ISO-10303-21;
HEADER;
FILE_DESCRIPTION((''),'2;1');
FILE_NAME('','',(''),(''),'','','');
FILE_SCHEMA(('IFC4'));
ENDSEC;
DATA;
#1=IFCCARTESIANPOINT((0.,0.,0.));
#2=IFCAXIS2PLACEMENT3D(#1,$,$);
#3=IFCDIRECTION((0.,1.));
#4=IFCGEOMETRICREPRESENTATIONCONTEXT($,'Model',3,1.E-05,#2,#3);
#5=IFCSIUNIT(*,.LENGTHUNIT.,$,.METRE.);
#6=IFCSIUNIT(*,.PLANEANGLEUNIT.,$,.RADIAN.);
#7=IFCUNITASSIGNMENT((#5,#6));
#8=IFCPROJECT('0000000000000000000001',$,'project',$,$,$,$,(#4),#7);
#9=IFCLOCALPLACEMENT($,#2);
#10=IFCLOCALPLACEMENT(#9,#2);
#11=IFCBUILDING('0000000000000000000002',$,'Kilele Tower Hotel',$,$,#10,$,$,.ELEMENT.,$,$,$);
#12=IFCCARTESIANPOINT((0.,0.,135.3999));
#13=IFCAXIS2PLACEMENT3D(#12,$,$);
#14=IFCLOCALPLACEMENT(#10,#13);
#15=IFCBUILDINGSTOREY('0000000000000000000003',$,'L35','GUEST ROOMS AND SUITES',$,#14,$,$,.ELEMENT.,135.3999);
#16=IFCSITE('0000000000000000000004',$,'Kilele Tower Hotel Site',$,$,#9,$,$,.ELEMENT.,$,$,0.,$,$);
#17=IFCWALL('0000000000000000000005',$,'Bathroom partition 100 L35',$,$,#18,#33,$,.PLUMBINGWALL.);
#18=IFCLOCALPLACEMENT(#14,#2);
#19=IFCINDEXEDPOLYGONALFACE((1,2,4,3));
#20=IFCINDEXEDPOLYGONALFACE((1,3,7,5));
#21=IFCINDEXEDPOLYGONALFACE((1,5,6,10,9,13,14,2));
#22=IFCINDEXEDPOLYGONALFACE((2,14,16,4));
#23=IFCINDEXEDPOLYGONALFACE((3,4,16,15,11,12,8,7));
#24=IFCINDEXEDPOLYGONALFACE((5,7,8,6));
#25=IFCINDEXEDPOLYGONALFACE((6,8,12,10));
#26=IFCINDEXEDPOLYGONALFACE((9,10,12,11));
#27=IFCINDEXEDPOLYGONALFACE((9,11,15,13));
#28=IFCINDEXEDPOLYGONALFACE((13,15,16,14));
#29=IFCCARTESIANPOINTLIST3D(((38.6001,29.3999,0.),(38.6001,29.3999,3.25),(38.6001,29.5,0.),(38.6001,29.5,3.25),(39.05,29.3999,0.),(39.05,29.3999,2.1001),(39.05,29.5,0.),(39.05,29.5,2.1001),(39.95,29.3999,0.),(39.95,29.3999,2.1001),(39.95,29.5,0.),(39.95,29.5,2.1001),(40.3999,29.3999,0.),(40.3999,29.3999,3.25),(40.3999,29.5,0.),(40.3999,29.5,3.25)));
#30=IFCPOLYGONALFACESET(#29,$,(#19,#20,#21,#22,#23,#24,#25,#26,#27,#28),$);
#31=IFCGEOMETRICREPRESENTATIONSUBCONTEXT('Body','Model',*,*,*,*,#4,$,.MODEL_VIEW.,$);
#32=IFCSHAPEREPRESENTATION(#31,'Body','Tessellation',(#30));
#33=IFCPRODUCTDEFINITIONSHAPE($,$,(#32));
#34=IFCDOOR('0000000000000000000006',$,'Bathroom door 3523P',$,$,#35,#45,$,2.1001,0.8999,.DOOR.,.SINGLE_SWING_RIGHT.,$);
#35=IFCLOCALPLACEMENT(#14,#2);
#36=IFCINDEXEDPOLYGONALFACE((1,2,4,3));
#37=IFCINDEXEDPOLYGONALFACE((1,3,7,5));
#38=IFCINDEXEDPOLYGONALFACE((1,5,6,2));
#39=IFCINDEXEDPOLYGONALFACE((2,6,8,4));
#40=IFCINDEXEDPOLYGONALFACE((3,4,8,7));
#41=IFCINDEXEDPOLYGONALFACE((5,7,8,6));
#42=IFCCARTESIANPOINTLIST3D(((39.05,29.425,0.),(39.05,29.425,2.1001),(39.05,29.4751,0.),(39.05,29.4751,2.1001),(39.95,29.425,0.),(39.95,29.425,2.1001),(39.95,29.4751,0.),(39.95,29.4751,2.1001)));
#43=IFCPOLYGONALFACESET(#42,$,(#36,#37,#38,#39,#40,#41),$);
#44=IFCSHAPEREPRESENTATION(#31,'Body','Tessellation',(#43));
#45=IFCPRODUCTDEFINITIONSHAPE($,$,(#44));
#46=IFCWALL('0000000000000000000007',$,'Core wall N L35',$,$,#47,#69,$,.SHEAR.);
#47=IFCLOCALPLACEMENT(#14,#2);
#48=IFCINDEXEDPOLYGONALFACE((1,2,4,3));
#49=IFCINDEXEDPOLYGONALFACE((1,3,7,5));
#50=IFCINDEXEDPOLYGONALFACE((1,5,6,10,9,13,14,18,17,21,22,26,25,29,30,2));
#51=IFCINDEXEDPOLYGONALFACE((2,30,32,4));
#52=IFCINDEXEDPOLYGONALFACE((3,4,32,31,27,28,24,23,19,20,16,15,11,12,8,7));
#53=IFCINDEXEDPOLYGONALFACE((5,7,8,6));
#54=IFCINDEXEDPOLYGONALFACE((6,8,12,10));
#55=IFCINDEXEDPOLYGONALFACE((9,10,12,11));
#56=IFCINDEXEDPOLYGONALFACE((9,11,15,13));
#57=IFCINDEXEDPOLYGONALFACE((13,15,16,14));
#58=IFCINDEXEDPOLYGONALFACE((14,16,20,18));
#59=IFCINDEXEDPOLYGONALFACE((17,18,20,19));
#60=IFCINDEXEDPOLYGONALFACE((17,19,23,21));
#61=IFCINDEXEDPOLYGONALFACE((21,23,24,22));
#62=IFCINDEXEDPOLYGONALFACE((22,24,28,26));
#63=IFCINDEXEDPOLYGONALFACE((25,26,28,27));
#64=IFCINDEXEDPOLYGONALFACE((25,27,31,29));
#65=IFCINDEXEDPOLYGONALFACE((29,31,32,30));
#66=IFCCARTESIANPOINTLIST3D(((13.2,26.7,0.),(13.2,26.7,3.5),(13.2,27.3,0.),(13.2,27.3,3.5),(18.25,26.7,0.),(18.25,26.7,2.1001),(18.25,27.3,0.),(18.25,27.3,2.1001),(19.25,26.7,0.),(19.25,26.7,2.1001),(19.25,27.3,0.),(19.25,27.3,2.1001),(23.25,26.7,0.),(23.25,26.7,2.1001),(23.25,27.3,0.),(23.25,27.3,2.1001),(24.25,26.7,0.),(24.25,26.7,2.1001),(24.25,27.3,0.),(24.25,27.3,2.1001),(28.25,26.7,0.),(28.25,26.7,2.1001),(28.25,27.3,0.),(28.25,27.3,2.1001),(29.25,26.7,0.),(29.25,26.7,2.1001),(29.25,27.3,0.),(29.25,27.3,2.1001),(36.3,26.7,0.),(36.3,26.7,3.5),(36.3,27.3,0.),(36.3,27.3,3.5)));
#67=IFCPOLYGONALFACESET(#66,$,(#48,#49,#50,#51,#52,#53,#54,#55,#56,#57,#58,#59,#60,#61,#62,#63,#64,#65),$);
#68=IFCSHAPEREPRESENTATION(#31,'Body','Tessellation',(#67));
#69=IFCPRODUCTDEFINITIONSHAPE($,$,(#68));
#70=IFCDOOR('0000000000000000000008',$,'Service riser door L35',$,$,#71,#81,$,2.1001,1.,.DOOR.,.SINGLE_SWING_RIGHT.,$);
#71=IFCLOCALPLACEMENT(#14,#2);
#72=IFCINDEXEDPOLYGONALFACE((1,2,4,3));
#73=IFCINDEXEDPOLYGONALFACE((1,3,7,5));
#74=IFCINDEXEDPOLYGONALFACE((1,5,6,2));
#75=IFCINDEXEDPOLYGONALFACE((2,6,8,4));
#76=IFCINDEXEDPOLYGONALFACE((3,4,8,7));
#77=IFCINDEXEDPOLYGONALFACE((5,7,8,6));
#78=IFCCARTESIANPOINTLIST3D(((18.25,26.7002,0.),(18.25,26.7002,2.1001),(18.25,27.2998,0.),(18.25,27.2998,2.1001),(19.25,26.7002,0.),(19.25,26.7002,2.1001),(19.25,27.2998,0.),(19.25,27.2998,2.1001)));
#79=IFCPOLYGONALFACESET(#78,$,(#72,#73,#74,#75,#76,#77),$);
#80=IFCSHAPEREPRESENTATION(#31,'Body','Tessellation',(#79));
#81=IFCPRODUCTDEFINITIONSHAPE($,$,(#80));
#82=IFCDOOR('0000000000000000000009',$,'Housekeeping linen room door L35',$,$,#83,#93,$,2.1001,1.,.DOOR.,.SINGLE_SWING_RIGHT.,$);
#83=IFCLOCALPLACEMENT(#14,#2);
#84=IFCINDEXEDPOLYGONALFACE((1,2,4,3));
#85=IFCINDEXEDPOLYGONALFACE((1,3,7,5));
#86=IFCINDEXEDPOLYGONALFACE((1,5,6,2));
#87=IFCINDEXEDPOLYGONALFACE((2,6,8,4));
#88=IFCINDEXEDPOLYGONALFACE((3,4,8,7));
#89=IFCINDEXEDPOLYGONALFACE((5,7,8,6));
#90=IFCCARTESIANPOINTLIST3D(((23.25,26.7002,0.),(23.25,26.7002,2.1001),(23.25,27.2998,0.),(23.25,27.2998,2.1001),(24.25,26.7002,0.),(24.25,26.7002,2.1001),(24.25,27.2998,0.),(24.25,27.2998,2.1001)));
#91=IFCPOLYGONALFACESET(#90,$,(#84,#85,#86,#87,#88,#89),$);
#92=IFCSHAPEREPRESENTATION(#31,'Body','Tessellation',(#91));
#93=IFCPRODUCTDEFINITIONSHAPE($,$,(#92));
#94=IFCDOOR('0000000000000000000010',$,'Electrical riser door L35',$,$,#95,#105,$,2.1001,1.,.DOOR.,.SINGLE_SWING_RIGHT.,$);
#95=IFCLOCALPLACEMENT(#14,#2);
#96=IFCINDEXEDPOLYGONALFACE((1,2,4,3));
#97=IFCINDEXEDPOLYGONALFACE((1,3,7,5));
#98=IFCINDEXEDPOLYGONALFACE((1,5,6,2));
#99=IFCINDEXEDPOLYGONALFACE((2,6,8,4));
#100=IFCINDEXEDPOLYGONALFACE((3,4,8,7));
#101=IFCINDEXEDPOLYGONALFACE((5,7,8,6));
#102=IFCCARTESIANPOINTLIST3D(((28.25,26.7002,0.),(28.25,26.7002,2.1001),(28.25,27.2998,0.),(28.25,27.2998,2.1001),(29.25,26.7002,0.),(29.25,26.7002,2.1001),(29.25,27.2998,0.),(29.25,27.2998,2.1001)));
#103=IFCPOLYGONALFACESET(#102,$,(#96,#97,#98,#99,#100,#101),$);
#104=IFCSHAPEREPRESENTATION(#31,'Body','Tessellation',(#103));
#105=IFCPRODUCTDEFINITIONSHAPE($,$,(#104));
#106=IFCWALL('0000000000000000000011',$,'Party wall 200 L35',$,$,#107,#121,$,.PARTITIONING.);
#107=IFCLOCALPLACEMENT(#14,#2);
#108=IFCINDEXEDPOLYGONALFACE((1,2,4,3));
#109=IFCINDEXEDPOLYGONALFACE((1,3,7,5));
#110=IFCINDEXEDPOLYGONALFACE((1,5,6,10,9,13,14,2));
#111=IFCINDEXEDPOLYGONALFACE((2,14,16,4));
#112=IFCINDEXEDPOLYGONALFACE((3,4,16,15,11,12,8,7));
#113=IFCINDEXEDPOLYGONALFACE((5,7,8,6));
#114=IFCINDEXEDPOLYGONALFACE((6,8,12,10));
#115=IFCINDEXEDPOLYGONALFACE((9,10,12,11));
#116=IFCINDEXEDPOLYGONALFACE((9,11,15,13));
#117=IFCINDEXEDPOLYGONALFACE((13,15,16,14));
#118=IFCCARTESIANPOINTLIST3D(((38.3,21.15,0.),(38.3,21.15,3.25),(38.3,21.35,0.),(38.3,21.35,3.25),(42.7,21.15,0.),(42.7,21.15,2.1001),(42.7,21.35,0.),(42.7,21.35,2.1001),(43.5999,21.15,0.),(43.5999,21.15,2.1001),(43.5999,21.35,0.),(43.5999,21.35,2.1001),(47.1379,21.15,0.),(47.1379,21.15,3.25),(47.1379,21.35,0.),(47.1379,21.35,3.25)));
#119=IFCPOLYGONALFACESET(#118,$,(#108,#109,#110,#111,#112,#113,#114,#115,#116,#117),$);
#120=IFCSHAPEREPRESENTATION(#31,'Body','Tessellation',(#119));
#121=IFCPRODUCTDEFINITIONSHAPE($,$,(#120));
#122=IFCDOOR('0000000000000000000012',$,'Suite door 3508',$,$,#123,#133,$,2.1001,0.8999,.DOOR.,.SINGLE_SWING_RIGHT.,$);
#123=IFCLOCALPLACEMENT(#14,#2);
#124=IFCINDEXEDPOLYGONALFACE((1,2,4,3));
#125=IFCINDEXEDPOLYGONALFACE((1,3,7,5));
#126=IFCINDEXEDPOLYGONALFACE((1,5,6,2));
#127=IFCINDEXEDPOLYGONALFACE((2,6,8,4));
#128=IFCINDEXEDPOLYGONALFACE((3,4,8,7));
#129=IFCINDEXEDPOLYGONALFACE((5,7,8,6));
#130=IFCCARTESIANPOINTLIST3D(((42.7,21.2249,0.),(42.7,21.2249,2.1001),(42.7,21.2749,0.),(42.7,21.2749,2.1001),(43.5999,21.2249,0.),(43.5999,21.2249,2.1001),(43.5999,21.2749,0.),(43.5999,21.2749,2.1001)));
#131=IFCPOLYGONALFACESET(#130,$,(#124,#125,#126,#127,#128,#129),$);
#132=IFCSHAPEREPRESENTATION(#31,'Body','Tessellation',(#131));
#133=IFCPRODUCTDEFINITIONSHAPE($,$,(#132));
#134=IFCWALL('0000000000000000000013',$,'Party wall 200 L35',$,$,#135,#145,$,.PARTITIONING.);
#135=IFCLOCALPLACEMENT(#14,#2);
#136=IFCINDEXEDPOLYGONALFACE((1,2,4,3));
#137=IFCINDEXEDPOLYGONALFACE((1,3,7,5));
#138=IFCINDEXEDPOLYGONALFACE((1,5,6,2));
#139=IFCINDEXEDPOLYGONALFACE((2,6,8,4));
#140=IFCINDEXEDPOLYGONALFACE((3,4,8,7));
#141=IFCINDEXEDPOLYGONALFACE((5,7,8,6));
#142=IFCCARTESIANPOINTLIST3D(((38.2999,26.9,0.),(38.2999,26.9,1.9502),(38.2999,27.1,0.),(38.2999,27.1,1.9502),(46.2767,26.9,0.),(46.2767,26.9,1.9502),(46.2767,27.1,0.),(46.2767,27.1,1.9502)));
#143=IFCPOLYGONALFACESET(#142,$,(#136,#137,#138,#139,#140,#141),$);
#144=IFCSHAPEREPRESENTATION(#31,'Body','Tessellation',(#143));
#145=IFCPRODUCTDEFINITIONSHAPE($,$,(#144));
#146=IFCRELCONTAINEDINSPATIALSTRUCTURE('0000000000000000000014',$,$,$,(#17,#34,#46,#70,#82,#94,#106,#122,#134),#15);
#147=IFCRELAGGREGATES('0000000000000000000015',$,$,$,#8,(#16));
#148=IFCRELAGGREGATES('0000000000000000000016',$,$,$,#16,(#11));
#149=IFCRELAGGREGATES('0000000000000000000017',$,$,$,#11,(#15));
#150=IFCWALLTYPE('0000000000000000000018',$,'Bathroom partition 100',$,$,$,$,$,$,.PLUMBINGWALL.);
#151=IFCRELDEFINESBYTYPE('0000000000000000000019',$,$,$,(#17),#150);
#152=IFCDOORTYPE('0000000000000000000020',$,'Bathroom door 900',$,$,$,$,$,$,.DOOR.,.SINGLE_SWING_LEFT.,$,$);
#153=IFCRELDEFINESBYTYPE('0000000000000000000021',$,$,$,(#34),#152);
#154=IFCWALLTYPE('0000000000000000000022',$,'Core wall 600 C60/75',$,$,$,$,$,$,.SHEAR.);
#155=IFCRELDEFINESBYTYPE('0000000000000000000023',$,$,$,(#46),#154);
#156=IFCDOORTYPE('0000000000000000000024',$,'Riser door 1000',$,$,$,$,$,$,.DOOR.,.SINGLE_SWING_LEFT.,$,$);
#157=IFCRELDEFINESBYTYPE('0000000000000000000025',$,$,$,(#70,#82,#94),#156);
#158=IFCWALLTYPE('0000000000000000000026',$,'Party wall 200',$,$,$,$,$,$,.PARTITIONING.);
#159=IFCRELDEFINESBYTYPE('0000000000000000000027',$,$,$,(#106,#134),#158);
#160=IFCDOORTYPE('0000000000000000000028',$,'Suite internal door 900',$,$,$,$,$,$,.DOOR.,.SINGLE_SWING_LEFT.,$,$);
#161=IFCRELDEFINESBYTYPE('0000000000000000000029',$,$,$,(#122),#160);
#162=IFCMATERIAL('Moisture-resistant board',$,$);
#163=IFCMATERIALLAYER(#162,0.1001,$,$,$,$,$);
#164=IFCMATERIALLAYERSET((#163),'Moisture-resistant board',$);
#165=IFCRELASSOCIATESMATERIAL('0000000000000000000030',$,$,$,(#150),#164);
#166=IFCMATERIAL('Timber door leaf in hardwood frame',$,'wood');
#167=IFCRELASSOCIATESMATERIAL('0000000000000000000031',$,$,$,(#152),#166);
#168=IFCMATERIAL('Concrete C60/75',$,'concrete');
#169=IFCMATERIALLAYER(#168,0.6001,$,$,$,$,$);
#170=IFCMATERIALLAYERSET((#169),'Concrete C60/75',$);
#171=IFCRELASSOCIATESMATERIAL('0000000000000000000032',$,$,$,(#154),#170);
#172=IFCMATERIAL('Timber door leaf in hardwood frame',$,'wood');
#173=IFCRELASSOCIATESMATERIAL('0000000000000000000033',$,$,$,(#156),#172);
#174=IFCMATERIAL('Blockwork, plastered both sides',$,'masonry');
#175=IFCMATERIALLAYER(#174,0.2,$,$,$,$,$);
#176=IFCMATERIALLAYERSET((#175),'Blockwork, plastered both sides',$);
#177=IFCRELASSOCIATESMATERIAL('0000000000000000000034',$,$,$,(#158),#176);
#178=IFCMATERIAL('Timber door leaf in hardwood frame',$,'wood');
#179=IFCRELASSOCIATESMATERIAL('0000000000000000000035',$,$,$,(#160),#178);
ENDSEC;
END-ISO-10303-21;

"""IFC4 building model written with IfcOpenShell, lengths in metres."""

from ifc_helpers import new_model, si_unit, direction, frame, frame_2d, origin, place, context, subcontext, project, spatial, rectangle, extrude, material, layer, layer_set, type_object, element, fill, save


model = new_model("IFC4")

# Units and contexts
model_context = context("Model", 3, precision=1e-05, world=origin(), true_north=direction((0.0, 1.0)))
body_context = subcontext(model_context, "Body", "Model", "MODEL_VIEW")
ifc_project = project(units=[si_unit("LENGTHUNIT", "METRE"), si_unit("PLANEANGLEUNIT", "RADIAN")], contexts=[model_context])

# Site, building, storey
site_placement = place(None, origin())
site = spatial("IfcSite", under=ifc_project, at=site_placement, Name="Kilele Tower Hotel Site", CompositionType="ELEMENT", RefElevation=0.0)
building_placement = place(site_placement, origin())
building = spatial("IfcBuilding", under=site, at=building_placement, Name="Kilele Tower Hotel", CompositionType="ELEMENT")
storey_placement = place(building_placement, frame((0.0, 0.0, 135.3999)))
storey = spatial("IfcBuildingStorey", under=building, at=storey_placement, Name="L35", Description="GUEST ROOMS AND SUITES", CompositionType="ELEMENT", Elevation=135.3999)

# Shared definitions
ifc_material_1 = material(Name="Moisture-resistant board")
ifc_layer_1 = layer(ifc_material_1, 0.1001)
ifc_layer_set_1 = layer_set([ifc_layer_1], Name="Moisture-resistant board")
wall_type_1 = type_object("IfcWallType", Name="Bathroom partition 100", PredefinedType="PLUMBINGWALL", material=ifc_layer_set_1)

# Shared definitions
ifc_material_2 = material(Name="Timber door leaf in hardwood frame", Category="wood")
door_type_1 = type_object("IfcDoorType", Name="Bathroom door 900", OperationType="SINGLE_SWING_LEFT", PredefinedType="DOOR", material=ifc_material_2)

# Wall, opening, door
wall_1_placement = place(storey_placement, frame((38.6001, 29.45, 0.0), z_axis=(0.0, 0.0, 1.0), x_axis=(1.0, 0.0, 0.0)))
wall_1 = element("IfcWall", 1, at=wall_1_placement, inside=storey, type_object=wall_type_1, Name="Bathroom partition 100 L35", PredefinedType="PLUMBINGWALL", context=body_context, shape_type="SweptSolid", body=[
    extrude(rectangle(XDim=1.7998, YDim=0.1001, at=frame_2d((0.8999, 0.0))), origin(), (0.0, 0.0, 1.0), 3.25),
])
opening_1_placement = place(wall_1_placement, frame((1.3499, 0.0, 0.0), z_axis=(0.0, 0.0, 1.0), x_axis=(-1.0, 0.0, 0.0)))
opening_1 = element("IfcOpeningElement", 2, at=opening_1_placement, cuts=wall_1, PredefinedType="OPENING", context=body_context, shape_type="SweptSolid", body=[
    extrude(rectangle(XDim=0.8999, YDim=2.1001, at=frame_2d((0.45, 1.05))), frame((0.0, 0.0601, 0.0), z_axis=(0.0, -1.0, 0.0), x_axis=(1.0, 0.0, 0.0)), (0.0, 0.0, 1.0), 0.1201),
])
door_1_placement = place(opening_1_placement, origin())
door_1 = element("IfcDoor", 3, at=door_1_placement, inside=storey, type_object=door_type_1, Name="Bathroom door 3523P", OperationType="SINGLE_SWING_RIGHT", OverallHeight=2.1001, OverallWidth=0.8999, PredefinedType="DOOR", context=body_context, shape_type="SweptSolid", body=[
    extrude(rectangle(XDim=0.8999, YDim=2.1001, at=frame_2d((0.45, 1.05))), frame((0.0, 0.0249, 0.0), z_axis=(0.0, -1.0, 0.0), x_axis=(1.0, 0.0, 0.0)), (0.0, 0.0, 1.0), 0.05),
])
fill(opening_1, door_1)

# Wall, openings, doors
ifc_material_3 = material(Name="Concrete C60/75", Category="concrete")
ifc_layer_2 = layer(ifc_material_3, 0.6001)
ifc_layer_set_2 = layer_set([ifc_layer_2], Name="Concrete C60/75")
wall_type_2 = type_object("IfcWallType", Name="Core wall 600 C60/75", PredefinedType="SHEAR", material=ifc_layer_set_2)
wall_2_placement = place(storey_placement, frame((36.3, 27.0, 0.0), z_axis=(0.0, 0.0, 1.0), x_axis=(-1.0, 0.0, 0.0)))
wall_2 = element("IfcWall", 4, at=wall_2_placement, inside=storey, type_object=wall_type_2, Name="Core wall N L35", PredefinedType="SHEAR", context=body_context, shape_type="SweptSolid", body=[
    extrude(rectangle(XDim=23.1001, YDim=0.6001, at=frame_2d((11.55, 0.0))), origin(), (0.0, 0.0, 1.0), 3.5),
])
opening_2_placement = place(wall_2_placement, frame((17.05, 0.0, 0.0)))
opening_2 = element("IfcOpeningElement", 5, at=opening_2_placement, cuts=wall_2, PredefinedType="OPENING", context=body_context, shape_type="SweptSolid", body=[
    extrude(rectangle(XDim=1.0, YDim=2.1001, at=frame_2d((0.5, 1.05))), frame((0.0, 0.3101, 0.0), z_axis=(0.0, -1.0, 0.0), x_axis=(1.0, 0.0, 0.0)), (0.0, 0.0, 1.0), 0.6201),
])
opening_3_placement = place(wall_2_placement, frame((12.05, 0.0, 0.0)))
opening_3 = element("IfcOpeningElement", 6, at=opening_3_placement, cuts=wall_2, PredefinedType="OPENING", context=body_context, shape_type="SweptSolid", body=[
    extrude(rectangle(XDim=1.0, YDim=2.1001, at=frame_2d((0.5, 1.05))), frame((0.0, 0.3101, 0.0), z_axis=(0.0, -1.0, 0.0), x_axis=(1.0, 0.0, 0.0)), (0.0, 0.0, 1.0), 0.6201),
])
opening_4_placement = place(wall_2_placement, frame((7.05, 0.0, 0.0)))
opening_4 = element("IfcOpeningElement", 7, at=opening_4_placement, cuts=wall_2, PredefinedType="OPENING", context=body_context, shape_type="SweptSolid", body=[
    extrude(rectangle(XDim=1.0, YDim=2.1001, at=frame_2d((0.5, 1.05))), frame((0.0, 0.3101, 0.0), z_axis=(0.0, -1.0, 0.0), x_axis=(1.0, 0.0, 0.0)), (0.0, 0.0, 1.0), 0.6201),
])
ifc_material_4 = material(Name="Timber door leaf in hardwood frame", Category="wood")
door_type_2 = type_object("IfcDoorType", Name="Riser door 1000", OperationType="SINGLE_SWING_LEFT", PredefinedType="DOOR", material=ifc_material_4)
door_2_placement = place(opening_2_placement, origin())
door_2 = element("IfcDoor", 8, at=door_2_placement, inside=storey, type_object=door_type_2, Name="Service riser door L35", OperationType="SINGLE_SWING_RIGHT", OverallHeight=2.1001, OverallWidth=1.0, PredefinedType="DOOR", context=body_context, shape_type="SweptSolid", body=[
    extrude(rectangle(XDim=1.0, YDim=2.1001, at=frame_2d((0.5, 1.05))), frame((0.0, 0.2998, 0.0), z_axis=(0.0, -1.0, 0.0), x_axis=(1.0, 0.0, 0.0)), (0.0, 0.0, 1.0), 0.5996),
])
fill(opening_2, door_2)
door_3_placement = place(opening_3_placement, origin())
door_3 = element("IfcDoor", 9, at=door_3_placement, inside=storey, type_object=door_type_2, Name="Housekeeping linen room door L35", OperationType="SINGLE_SWING_RIGHT", OverallHeight=2.1001, OverallWidth=1.0, PredefinedType="DOOR", context=body_context, shape_type="SweptSolid", body=[
    extrude(rectangle(XDim=1.0, YDim=2.1001, at=frame_2d((0.5, 1.05))), frame((0.0, 0.2998, 0.0), z_axis=(0.0, -1.0, 0.0), x_axis=(1.0, 0.0, 0.0)), (0.0, 0.0, 1.0), 0.5996),
])
fill(opening_3, door_3)
door_4_placement = place(opening_4_placement, origin())
door_4 = element("IfcDoor", 10, at=door_4_placement, inside=storey, type_object=door_type_2, Name="Electrical riser door L35", OperationType="SINGLE_SWING_RIGHT", OverallHeight=2.1001, OverallWidth=1.0, PredefinedType="DOOR", context=body_context, shape_type="SweptSolid", body=[
    extrude(rectangle(XDim=1.0, YDim=2.1001, at=frame_2d((0.5, 1.05))), frame((0.0, 0.2998, 0.0), z_axis=(0.0, -1.0, 0.0), x_axis=(1.0, 0.0, 0.0)), (0.0, 0.0, 1.0), 0.5996),
])
fill(opening_4, door_4)

# Wall, opening, door
ifc_material_5 = material(Name="Blockwork, plastered both sides", Category="masonry")
ifc_layer_3 = layer(ifc_material_5, 0.2)
ifc_layer_set_3 = layer_set([ifc_layer_3], Name="Blockwork, plastered both sides")
wall_type_3 = type_object("IfcWallType", Name="Party wall 200", PredefinedType="PARTITIONING", material=ifc_layer_set_3)
wall_3_placement = place(storey_placement, frame((38.3, 21.25, 0.0), z_axis=(0.0, 0.0, 1.0), x_axis=(1.0, 0.0, 0.0)))
wall_3 = element("IfcWall", 11, at=wall_3_placement, inside=storey, type_object=wall_type_3, Name="Party wall 200 L35", PredefinedType="PARTITIONING", context=body_context, shape_type="SweptSolid", body=[
    extrude(rectangle(XDim=8.8379, YDim=0.2, at=frame_2d((4.4189, 0.0))), origin(), (0.0, 0.0, 1.0), 3.25),
])
opening_5_placement = place(wall_3_placement, frame((4.3999, 0.0, 0.0)))
opening_5 = element("IfcOpeningElement", 12, at=opening_5_placement, cuts=wall_3, PredefinedType="OPENING", context=body_context, shape_type="SweptSolid", body=[
    extrude(rectangle(XDim=0.8999, YDim=2.1001, at=frame_2d((0.45, 1.05))), frame((0.0, 0.1099, 0.0), z_axis=(0.0, -1.0, 0.0), x_axis=(1.0, 0.0, 0.0)), (0.0, 0.0, 1.0), 0.22),
])
ifc_material_6 = material(Name="Timber door leaf in hardwood frame", Category="wood")
door_type_3 = type_object("IfcDoorType", Name="Suite internal door 900", OperationType="SINGLE_SWING_LEFT", PredefinedType="DOOR", material=ifc_material_6)
door_5_placement = place(opening_5_placement, origin())
door_5 = element("IfcDoor", 13, at=door_5_placement, inside=storey, type_object=door_type_3, Name="Suite door 3508", OperationType="SINGLE_SWING_RIGHT", OverallHeight=2.1001, OverallWidth=0.8999, PredefinedType="DOOR", context=body_context, shape_type="SweptSolid", body=[
    extrude(rectangle(XDim=0.8999, YDim=2.1001, at=frame_2d((0.45, 1.05))), frame((0.0, 0.0249, 0.0), z_axis=(0.0, -1.0, 0.0), x_axis=(1.0, 0.0, 0.0)), (0.0, 0.0, 1.0), 0.05),
])
fill(opening_5, door_5)

# Wall
wall_4_placement = place(storey_placement, frame((38.3, 27.0, 0.0), z_axis=(0.0, 0.0, 1.0), x_axis=(1.0, 0.0, 0.0)))
element("IfcWall", 14, at=wall_4_placement, inside=storey, type_object=wall_type_3, Name="Party wall 200 L35", PredefinedType="PARTITIONING", context=body_context, shape_type="SweptSolid", body=[
    extrude(rectangle(XDim=7.9768, YDim=0.2, at=frame_2d((3.9883, 0.0))), origin(), (0.0, 0.0, 1.0), 1.9502),
])

save(model, "model.ifc")
